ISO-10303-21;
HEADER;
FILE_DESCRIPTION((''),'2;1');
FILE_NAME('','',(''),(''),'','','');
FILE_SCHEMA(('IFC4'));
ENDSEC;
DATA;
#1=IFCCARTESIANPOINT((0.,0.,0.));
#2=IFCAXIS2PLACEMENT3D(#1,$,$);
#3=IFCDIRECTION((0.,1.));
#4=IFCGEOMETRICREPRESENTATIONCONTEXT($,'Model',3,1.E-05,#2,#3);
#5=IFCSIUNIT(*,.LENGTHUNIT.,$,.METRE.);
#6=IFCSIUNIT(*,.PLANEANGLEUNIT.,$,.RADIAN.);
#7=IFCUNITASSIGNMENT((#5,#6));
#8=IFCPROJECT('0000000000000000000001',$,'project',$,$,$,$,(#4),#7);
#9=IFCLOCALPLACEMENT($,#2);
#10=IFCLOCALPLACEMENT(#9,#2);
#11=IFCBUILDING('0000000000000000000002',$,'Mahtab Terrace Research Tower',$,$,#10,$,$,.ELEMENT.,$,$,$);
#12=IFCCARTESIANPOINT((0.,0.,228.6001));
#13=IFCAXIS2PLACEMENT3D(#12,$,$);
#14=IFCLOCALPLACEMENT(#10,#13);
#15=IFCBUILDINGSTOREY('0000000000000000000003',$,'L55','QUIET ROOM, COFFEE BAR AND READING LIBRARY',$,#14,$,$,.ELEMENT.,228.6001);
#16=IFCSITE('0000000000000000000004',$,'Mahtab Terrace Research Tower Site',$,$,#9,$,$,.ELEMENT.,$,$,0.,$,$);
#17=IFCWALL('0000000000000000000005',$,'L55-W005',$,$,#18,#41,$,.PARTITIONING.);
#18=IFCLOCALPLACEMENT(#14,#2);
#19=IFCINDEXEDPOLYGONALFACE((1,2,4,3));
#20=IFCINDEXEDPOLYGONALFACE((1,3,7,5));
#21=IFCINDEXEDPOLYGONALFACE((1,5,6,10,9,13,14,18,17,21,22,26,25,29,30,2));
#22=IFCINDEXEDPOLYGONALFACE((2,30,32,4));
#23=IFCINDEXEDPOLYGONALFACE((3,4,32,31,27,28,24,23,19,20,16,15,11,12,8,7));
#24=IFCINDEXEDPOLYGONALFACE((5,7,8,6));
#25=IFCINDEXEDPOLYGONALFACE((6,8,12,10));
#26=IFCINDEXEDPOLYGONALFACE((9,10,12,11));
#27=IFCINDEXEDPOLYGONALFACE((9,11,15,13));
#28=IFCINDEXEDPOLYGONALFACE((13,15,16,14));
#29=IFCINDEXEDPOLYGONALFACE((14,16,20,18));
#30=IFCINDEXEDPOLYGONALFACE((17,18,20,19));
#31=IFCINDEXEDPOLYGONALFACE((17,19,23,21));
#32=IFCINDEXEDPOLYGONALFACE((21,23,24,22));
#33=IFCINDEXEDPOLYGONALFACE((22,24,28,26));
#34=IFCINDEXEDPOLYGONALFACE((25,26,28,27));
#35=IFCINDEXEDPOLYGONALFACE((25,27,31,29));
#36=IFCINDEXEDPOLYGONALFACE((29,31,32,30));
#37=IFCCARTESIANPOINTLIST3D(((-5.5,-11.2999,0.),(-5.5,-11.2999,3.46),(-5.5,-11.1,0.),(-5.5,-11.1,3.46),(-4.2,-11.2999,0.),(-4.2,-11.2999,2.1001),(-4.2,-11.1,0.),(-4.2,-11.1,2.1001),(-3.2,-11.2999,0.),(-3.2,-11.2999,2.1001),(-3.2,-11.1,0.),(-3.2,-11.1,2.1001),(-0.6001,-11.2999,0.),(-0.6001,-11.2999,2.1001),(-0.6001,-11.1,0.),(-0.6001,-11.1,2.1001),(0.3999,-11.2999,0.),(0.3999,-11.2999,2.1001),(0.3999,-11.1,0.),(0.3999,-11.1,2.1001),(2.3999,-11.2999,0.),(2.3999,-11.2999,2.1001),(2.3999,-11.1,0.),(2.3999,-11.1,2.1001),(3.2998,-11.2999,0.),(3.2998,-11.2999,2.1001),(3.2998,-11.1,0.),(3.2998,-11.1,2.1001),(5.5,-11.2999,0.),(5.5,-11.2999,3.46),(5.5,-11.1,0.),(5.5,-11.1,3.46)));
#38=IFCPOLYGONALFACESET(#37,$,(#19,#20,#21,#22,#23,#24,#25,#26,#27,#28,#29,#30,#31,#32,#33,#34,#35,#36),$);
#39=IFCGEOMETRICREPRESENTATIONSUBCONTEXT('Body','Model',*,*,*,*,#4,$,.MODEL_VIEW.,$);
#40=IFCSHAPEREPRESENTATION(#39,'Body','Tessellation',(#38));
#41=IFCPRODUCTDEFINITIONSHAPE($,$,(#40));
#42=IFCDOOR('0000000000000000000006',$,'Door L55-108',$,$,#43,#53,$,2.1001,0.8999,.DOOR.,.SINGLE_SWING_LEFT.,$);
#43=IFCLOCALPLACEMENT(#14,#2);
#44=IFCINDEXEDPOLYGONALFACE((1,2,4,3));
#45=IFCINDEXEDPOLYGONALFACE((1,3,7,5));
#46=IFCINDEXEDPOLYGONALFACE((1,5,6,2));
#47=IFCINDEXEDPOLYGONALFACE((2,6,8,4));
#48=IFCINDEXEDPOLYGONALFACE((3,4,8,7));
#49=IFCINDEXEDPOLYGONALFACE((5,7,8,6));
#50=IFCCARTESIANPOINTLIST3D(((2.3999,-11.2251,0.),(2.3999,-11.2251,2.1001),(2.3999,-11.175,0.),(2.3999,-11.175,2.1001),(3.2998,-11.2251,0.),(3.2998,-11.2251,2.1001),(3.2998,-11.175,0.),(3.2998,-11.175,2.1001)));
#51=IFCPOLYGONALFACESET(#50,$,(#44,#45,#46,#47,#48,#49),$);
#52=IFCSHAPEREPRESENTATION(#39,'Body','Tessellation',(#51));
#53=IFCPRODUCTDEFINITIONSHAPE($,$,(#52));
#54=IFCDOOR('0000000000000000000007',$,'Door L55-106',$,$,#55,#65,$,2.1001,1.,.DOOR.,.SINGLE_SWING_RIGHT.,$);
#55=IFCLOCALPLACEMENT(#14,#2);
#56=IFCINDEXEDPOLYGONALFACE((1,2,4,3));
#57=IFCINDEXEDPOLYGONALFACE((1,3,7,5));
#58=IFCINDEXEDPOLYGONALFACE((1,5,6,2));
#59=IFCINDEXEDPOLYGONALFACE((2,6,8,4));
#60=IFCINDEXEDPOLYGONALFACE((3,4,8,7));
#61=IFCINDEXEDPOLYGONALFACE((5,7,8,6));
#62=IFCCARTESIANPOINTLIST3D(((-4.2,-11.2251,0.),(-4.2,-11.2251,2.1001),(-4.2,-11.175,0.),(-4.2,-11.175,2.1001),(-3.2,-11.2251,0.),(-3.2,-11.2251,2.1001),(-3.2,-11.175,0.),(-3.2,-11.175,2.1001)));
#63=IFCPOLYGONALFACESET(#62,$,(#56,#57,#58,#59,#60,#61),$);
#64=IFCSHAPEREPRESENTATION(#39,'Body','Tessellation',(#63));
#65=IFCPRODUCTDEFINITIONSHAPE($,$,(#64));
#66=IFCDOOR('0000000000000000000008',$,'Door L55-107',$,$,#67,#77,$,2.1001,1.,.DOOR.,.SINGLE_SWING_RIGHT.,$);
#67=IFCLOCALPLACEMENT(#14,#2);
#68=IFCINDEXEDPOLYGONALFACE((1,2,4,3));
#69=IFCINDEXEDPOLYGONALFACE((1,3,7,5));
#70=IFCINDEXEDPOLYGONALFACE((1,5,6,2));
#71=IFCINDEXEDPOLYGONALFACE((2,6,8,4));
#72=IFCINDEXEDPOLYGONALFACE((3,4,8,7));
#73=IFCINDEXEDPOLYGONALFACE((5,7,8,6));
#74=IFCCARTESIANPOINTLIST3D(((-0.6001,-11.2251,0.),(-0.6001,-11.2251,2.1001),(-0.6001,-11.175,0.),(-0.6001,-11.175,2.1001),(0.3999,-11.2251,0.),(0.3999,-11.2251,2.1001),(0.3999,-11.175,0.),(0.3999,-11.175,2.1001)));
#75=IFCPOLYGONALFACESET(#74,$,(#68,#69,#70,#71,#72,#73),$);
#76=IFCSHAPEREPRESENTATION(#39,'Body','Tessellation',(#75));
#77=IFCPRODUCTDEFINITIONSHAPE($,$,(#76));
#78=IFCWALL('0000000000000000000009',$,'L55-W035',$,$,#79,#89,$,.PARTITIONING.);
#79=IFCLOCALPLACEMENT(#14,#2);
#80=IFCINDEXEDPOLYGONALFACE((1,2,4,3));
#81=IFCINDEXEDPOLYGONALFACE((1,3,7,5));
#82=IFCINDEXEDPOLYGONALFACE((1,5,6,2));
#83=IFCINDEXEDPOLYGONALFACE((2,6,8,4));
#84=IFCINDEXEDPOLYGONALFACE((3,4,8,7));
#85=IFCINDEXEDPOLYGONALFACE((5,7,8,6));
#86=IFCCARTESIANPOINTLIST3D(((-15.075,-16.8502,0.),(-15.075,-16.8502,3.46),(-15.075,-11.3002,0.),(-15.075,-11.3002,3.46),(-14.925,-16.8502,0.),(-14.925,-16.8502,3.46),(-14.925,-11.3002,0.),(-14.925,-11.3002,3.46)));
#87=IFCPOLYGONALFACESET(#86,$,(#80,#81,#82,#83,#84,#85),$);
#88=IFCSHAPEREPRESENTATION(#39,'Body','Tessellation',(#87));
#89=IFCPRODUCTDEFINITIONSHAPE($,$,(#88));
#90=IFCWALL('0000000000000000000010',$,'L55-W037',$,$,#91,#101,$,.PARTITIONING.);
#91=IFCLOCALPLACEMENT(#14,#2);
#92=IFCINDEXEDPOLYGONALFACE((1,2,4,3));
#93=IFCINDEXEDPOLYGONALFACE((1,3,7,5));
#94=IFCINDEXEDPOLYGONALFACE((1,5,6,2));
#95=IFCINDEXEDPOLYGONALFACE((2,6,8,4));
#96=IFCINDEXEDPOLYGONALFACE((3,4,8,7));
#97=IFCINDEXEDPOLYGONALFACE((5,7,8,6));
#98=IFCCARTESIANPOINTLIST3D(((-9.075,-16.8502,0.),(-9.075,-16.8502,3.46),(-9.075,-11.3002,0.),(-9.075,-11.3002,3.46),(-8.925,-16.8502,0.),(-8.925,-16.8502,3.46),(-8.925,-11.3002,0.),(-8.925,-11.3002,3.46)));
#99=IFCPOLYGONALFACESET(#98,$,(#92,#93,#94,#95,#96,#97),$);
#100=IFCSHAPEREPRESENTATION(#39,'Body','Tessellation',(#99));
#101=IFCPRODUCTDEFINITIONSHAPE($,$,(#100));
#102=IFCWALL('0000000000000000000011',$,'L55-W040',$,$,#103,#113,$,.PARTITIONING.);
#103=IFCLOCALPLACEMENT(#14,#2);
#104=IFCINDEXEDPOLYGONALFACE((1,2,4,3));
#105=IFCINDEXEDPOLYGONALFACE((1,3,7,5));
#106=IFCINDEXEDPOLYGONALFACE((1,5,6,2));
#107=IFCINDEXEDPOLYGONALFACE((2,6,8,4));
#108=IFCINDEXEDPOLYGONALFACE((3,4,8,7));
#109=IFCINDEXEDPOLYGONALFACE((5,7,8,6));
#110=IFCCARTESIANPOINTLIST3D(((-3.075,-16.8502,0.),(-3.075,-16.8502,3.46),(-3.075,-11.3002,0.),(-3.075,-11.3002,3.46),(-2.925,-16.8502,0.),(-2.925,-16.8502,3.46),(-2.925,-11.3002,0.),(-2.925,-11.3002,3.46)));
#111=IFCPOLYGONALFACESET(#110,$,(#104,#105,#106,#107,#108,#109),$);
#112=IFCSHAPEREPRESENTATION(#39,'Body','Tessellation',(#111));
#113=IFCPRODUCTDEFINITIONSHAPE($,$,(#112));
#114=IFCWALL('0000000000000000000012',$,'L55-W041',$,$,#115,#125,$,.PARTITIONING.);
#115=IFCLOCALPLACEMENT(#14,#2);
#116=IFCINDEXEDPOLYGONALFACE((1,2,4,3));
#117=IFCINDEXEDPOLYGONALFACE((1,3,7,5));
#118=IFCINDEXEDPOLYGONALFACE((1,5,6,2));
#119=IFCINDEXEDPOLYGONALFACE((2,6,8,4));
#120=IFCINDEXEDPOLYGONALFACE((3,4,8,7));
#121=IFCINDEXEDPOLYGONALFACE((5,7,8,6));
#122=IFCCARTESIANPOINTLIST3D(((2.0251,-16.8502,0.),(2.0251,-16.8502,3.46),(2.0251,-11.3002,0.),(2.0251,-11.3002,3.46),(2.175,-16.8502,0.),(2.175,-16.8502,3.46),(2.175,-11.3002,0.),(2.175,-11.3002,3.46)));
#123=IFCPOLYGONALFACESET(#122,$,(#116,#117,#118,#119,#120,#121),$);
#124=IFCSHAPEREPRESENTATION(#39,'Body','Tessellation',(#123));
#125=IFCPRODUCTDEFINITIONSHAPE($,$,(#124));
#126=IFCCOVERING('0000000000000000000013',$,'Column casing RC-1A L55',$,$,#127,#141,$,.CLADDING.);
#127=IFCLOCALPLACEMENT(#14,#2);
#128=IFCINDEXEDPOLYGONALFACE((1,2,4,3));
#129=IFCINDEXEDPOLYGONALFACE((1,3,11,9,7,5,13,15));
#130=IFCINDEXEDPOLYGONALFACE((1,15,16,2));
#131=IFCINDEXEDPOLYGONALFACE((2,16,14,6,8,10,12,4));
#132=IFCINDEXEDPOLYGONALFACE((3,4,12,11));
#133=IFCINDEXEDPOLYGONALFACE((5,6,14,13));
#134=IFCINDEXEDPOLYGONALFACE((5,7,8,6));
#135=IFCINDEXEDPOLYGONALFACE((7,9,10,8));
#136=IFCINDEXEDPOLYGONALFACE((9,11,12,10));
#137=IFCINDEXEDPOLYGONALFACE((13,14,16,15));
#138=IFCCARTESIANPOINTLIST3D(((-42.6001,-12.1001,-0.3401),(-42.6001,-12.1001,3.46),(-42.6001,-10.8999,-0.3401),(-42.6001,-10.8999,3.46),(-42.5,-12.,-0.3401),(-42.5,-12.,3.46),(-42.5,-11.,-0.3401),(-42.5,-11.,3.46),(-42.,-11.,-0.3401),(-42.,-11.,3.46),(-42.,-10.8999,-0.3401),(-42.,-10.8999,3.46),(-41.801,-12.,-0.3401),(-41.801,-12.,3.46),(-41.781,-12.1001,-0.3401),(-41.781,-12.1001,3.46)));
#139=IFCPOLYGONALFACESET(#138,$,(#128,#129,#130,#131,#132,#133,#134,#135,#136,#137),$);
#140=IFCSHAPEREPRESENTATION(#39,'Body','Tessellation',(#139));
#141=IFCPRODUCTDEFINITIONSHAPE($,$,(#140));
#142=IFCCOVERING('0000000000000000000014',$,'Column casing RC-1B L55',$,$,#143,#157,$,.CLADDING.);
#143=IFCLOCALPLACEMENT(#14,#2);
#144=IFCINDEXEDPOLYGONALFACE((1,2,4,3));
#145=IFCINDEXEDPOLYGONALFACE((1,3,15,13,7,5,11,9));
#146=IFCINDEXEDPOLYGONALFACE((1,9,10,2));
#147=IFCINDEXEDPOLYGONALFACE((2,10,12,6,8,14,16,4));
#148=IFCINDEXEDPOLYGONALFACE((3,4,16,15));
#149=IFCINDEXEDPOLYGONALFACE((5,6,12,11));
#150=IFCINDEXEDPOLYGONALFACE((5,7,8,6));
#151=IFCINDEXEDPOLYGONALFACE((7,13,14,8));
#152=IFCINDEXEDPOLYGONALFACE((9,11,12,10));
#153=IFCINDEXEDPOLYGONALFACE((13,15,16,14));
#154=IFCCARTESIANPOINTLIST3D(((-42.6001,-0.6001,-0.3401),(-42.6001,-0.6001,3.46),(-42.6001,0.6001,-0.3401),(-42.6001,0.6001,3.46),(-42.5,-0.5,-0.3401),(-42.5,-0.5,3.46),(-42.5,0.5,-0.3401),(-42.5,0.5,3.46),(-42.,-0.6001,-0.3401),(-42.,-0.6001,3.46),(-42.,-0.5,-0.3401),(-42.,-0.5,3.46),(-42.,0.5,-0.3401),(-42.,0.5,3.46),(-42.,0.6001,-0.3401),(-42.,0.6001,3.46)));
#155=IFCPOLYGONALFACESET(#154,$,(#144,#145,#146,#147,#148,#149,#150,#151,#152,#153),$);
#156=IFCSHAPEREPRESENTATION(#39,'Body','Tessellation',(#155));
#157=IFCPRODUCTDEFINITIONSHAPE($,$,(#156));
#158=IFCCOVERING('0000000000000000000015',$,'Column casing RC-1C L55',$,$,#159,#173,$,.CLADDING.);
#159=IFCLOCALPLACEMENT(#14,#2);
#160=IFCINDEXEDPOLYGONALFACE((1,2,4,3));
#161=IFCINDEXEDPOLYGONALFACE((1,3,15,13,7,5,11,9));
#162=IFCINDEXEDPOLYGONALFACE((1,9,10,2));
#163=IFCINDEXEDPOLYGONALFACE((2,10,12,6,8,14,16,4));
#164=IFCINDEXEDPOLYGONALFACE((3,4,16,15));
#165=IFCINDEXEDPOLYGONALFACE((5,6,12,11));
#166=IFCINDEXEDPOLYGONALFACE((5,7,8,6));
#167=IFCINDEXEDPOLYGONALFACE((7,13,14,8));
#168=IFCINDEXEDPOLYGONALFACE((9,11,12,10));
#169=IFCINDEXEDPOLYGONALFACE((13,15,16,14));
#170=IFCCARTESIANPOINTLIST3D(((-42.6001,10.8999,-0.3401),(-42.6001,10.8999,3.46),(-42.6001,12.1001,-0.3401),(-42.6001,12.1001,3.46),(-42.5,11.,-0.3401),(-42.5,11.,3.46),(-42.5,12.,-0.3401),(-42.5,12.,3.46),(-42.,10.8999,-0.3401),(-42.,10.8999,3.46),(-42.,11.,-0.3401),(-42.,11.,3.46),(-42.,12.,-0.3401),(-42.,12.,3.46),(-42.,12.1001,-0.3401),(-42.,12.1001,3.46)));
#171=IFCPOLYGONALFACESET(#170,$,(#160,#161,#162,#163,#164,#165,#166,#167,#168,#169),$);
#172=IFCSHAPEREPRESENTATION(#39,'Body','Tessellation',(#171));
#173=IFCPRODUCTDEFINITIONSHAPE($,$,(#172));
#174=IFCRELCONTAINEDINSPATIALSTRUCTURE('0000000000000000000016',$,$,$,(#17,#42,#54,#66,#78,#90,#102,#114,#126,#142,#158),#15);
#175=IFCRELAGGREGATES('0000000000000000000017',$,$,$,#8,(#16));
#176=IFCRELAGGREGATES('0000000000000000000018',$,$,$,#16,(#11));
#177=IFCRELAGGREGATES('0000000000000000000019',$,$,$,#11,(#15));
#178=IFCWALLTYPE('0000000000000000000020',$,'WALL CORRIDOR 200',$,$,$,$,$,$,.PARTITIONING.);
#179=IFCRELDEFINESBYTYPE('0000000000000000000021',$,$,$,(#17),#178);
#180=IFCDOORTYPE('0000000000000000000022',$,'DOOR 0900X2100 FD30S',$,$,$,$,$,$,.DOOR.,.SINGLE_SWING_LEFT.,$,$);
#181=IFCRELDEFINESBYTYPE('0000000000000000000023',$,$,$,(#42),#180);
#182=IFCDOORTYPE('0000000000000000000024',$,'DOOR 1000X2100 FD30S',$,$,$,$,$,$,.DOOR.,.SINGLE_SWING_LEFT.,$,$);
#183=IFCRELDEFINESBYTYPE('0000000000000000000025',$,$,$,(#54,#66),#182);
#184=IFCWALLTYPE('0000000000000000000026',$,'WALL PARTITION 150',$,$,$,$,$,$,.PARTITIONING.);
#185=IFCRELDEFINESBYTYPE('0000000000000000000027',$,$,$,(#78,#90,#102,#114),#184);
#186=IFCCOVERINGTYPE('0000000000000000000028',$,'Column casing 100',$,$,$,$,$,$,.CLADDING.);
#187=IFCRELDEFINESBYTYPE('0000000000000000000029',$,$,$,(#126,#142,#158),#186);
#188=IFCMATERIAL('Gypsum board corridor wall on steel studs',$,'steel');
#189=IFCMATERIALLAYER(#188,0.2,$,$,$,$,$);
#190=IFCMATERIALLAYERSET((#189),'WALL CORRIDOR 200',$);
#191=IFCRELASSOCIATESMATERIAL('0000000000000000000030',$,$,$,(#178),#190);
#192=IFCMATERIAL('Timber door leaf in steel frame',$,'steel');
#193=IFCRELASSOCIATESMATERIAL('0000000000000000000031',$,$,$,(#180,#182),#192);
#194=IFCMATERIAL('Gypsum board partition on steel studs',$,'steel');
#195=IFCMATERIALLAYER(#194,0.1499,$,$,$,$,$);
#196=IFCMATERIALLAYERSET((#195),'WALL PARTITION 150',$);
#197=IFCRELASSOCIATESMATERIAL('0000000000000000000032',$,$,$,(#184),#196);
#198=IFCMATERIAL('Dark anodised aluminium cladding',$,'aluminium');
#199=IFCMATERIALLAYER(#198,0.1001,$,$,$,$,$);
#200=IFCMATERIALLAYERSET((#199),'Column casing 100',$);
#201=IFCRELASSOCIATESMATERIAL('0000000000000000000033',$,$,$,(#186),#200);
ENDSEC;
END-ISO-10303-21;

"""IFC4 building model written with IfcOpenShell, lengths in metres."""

from ifc_helpers import new_model, si_unit, direction, frame, frame_2d, origin, place, context, subcontext, project, spatial, polyline, rectangle, outline, extrude, material, layer, layer_set, type_object, element, fill, save


model = new_model("IFC4")

# Units and contexts
model_context = context("Model", 3, precision=1e-05, world=origin(), true_north=direction((0.0, 1.0)))
body_context = subcontext(model_context, "Body", "Model", "MODEL_VIEW")
ifc_project = project(units=[si_unit("LENGTHUNIT", "METRE"), si_unit("PLANEANGLEUNIT", "RADIAN")], contexts=[model_context])

# Site, building, storey
site_placement = place(None, origin())
site = spatial("IfcSite", under=ifc_project, at=site_placement, Name="Mahtab Terrace Research Tower Site", CompositionType="ELEMENT", RefElevation=0.0)
building_placement = place(site_placement, origin())
building = spatial("IfcBuilding", under=site, at=building_placement, Name="Mahtab Terrace Research Tower", CompositionType="ELEMENT")
storey_placement = place(building_placement, frame((0.0, 0.0, 228.6001)))
storey = spatial("IfcBuildingStorey", under=building, at=storey_placement, Name="L55", Description="QUIET ROOM, COFFEE BAR AND READING LIBRARY", CompositionType="ELEMENT", Elevation=228.6001)

# Wall, openings, doors
ifc_material_1 = material(Name="Gypsum board corridor wall on steel studs", Category="steel")
ifc_layer_1 = layer(ifc_material_1, 0.2)
ifc_layer_set_1 = layer_set([ifc_layer_1], Name="WALL CORRIDOR 200")
wall_type_1 = type_object("IfcWallType", Name="WALL CORRIDOR 200", PredefinedType="PARTITIONING", material=ifc_layer_set_1)
wall_placement = place(storey_placement, frame((-5.5, -11.2, 0.0), z_axis=(0.0, 0.0, 1.0), x_axis=(1.0, 0.0, 0.0)))
wall = element("IfcWall", 1, at=wall_placement, inside=storey, type_object=wall_type_1, Name="L55-W005", PredefinedType="PARTITIONING", context=body_context, shape_type="SweptSolid", body=[
    extrude(rectangle(XDim=11.0, YDim=0.2, at=frame_2d((5.5, 0.0))), origin(), (0.0, 0.0, 1.0), 3.46),
])
opening_1_placement = place(wall_placement, frame((1.3, 0.0, 0.0)))
opening_1 = element("IfcOpeningElement", 2, at=opening_1_placement, cuts=wall, PredefinedType="OPENING", context=body_context, shape_type="SweptSolid", body=[
    extrude(rectangle(XDim=1.0, YDim=2.1001, at=frame_2d((0.5, 1.05))), frame((0.0, 0.1099, 0.0), z_axis=(0.0, -1.0, 0.0), x_axis=(1.0, 0.0, 0.0)), (0.0, 0.0, 1.0), 0.22),
])
opening_2_placement = place(wall_placement, frame((4.8999, 0.0, 0.0)))
opening_2 = element("IfcOpeningElement", 3, at=opening_2_placement, cuts=wall, PredefinedType="OPENING", context=body_context, shape_type="SweptSolid", body=[
    extrude(rectangle(XDim=1.0, YDim=2.1001, at=frame_2d((0.5, 1.05))), frame((0.0, 0.1099, 0.0), z_axis=(0.0, -1.0, 0.0), x_axis=(1.0, 0.0, 0.0)), (0.0, 0.0, 1.0), 0.22),
])
opening_3_placement = place(wall_placement, frame((7.8999, 0.0, 0.0)))
opening_3 = element("IfcOpeningElement", 4, at=opening_3_placement, cuts=wall, PredefinedType="OPENING", context=body_context, shape_type="SweptSolid", body=[
    extrude(rectangle(XDim=0.8999, YDim=2.1001, at=frame_2d((0.45, 1.05))), frame((0.0, 0.1099, 0.0), z_axis=(0.0, -1.0, 0.0), x_axis=(1.0, 0.0, 0.0)), (0.0, 0.0, 1.0), 0.22),
])
ifc_material_2 = material(Name="Timber door leaf in steel frame", Category="steel")
door_type_1 = type_object("IfcDoorType", Name="DOOR 0900X2100 FD30S", OperationType="SINGLE_SWING_LEFT", PredefinedType="DOOR", material=ifc_material_2)
door_1_placement = place(opening_3_placement, origin())
door_1 = element("IfcDoor", 5, at=door_1_placement, inside=storey, type_object=door_type_1, Name="Door L55-108", OperationType="SINGLE_SWING_LEFT", OverallHeight=2.1001, OverallWidth=0.8999, PredefinedType="DOOR", context=body_context, shape_type="SweptSolid", body=[
    extrude(rectangle(XDim=0.8999, YDim=2.1001, at=frame_2d((0.45, 1.05))), frame((0.0, 0.0249, 0.0), z_axis=(0.0, -1.0, 0.0), x_axis=(1.0, 0.0, 0.0)), (0.0, 0.0, 1.0), 0.05),
])
fill(opening_3, door_1)
door_type_2 = type_object("IfcDoorType", Name="DOOR 1000X2100 FD30S", OperationType="SINGLE_SWING_LEFT", PredefinedType="DOOR", material=ifc_material_2)
door_2_placement = place(opening_1_placement, origin())
door_2 = element("IfcDoor", 6, at=door_2_placement, inside=storey, type_object=door_type_2, Name="Door L55-106", OperationType="SINGLE_SWING_RIGHT", OverallHeight=2.1001, OverallWidth=1.0, PredefinedType="DOOR", context=body_context, shape_type="SweptSolid", body=[
    extrude(rectangle(XDim=1.0, YDim=2.1001, at=frame_2d((0.5, 1.05))), frame((0.0, 0.0249, 0.0), z_axis=(0.0, -1.0, 0.0), x_axis=(1.0, 0.0, 0.0)), (0.0, 0.0, 1.0), 0.05),
])
fill(opening_1, door_2)
door_3_placement = place(opening_2_placement, origin())
door_3 = element("IfcDoor", 7, at=door_3_placement, inside=storey, type_object=door_type_2, Name="Door L55-107", OperationType="SINGLE_SWING_RIGHT", OverallHeight=2.1001, OverallWidth=1.0, PredefinedType="DOOR", context=body_context, shape_type="SweptSolid", body=[
    extrude(rectangle(XDim=1.0, YDim=2.1001, at=frame_2d((0.5, 1.05))), frame((0.0, 0.0249, 0.0), z_axis=(0.0, -1.0, 0.0), x_axis=(1.0, 0.0, 0.0)), (0.0, 0.0, 1.0), 0.05),
])
fill(opening_2, door_3)

# Walls
ifc_material_3 = material(Name="Gypsum board partition on steel studs", Category="steel")
ifc_layer_2 = layer(ifc_material_3, 0.1499)
ifc_layer_set_2 = layer_set([ifc_layer_2], Name="WALL PARTITION 150")
wall_type_2 = type_object("IfcWallType", Name="WALL PARTITION 150", PredefinedType="PARTITIONING", material=ifc_layer_set_2)
for number, where, z_axis, x_axis, name in (
    (8, (-15.0, -16.8501, 0.0), (0.0, 0.0, 1.0), (0.0, 1.0, 0.0), "L55-W035"),
    (9, (-9.0, -16.8501, 0.0), (0.0, 0.0, 1.0), (0.0, 1.0, 0.0), "L55-W037"),
    (10, (-3.0, -16.8501, 0.0), (0.0, 0.0, 1.0), (0.0, 1.0, 0.0), "L55-W040"),
    (11, (2.1001, -16.8501, 0.0), (0.0, 0.0, 1.0), (0.0, 1.0, 0.0), "L55-W041"),
):
    element("IfcWall", number, at=place(storey_placement, frame(where, z_axis=z_axis, x_axis=x_axis)), inside=storey, type_object=wall_type_2, Name=name, PredefinedType="PARTITIONING", context=body_context, shape_type="SweptSolid", body=[
        extrude(rectangle(XDim=5.55, YDim=0.1499, at=frame_2d((2.7749, 0.0))), origin(), (0.0, 0.0, 1.0), 3.46),
    ])

# Coverings
ifc_material_4 = material(Name="Dark anodised aluminium cladding", Category="aluminium")
ifc_layer_3 = layer(ifc_material_4, 0.1001)
ifc_layer_set_3 = layer_set([ifc_layer_3], Name="Column casing 100")
covering_type_1 = type_object("IfcCoveringType", Name="Column casing 100", PredefinedType="CLADDING", material=ifc_layer_set_3)
covering_1_placement = place(storey_placement, frame((0.0, 0.0, -0.3401)))
element("IfcCovering", 12, at=covering_1_placement, inside=storey, type_object=covering_type_1, Name="Column casing RC-1A L55", PredefinedType="CLADDING", context=body_context, shape_type="SweptSolid", body=[
    extrude(outline(polyline([(-42.6001, -10.8999), (-42.0, -10.8999), (-42.0, -11.0), (-42.5, -11.0), (-42.5, -12.0), (-41.801, -12.0), (-41.781, -12.1001), (-42.6001, -12.1001), (-42.6001, -10.8999)])), origin(), (0.0, 0.0, 1.0), 3.8),
])
covering_2_placement = place(storey_placement, frame((0.0, 0.0, -0.3401)))
element("IfcCovering", 13, at=covering_2_placement, inside=storey, type_object=covering_type_1, Name="Column casing RC-1B L55", PredefinedType="CLADDING", context=body_context, shape_type="SweptSolid", body=[
    extrude(outline(polyline([(-42.6001, 0.6001), (-42.0, 0.6001), (-42.0, 0.5), (-42.5, 0.5), (-42.5, -0.5), (-42.0, -0.5), (-42.0, -0.6001), (-42.6001, -0.6001), (-42.6001, 0.6001)])), origin(), (0.0, 0.0, 1.0), 3.8),
])
covering_3_placement = place(storey_placement, frame((0.0, 0.0, -0.3401)))
element("IfcCovering", 14, at=covering_3_placement, inside=storey, type_object=covering_type_1, Name="Column casing RC-1C L55", PredefinedType="CLADDING", context=body_context, shape_type="SweptSolid", body=[
    extrude(outline(polyline([(-42.6001, 12.1001), (-42.0, 12.1001), (-42.0, 12.0), (-42.5, 12.0), (-42.5, 11.0), (-42.0, 11.0), (-42.0, 10.8999), (-42.6001, 10.8999), (-42.6001, 12.1001)])), origin(), (0.0, 0.0, 1.0), 3.8),
])

save(model, "model.ifc")
